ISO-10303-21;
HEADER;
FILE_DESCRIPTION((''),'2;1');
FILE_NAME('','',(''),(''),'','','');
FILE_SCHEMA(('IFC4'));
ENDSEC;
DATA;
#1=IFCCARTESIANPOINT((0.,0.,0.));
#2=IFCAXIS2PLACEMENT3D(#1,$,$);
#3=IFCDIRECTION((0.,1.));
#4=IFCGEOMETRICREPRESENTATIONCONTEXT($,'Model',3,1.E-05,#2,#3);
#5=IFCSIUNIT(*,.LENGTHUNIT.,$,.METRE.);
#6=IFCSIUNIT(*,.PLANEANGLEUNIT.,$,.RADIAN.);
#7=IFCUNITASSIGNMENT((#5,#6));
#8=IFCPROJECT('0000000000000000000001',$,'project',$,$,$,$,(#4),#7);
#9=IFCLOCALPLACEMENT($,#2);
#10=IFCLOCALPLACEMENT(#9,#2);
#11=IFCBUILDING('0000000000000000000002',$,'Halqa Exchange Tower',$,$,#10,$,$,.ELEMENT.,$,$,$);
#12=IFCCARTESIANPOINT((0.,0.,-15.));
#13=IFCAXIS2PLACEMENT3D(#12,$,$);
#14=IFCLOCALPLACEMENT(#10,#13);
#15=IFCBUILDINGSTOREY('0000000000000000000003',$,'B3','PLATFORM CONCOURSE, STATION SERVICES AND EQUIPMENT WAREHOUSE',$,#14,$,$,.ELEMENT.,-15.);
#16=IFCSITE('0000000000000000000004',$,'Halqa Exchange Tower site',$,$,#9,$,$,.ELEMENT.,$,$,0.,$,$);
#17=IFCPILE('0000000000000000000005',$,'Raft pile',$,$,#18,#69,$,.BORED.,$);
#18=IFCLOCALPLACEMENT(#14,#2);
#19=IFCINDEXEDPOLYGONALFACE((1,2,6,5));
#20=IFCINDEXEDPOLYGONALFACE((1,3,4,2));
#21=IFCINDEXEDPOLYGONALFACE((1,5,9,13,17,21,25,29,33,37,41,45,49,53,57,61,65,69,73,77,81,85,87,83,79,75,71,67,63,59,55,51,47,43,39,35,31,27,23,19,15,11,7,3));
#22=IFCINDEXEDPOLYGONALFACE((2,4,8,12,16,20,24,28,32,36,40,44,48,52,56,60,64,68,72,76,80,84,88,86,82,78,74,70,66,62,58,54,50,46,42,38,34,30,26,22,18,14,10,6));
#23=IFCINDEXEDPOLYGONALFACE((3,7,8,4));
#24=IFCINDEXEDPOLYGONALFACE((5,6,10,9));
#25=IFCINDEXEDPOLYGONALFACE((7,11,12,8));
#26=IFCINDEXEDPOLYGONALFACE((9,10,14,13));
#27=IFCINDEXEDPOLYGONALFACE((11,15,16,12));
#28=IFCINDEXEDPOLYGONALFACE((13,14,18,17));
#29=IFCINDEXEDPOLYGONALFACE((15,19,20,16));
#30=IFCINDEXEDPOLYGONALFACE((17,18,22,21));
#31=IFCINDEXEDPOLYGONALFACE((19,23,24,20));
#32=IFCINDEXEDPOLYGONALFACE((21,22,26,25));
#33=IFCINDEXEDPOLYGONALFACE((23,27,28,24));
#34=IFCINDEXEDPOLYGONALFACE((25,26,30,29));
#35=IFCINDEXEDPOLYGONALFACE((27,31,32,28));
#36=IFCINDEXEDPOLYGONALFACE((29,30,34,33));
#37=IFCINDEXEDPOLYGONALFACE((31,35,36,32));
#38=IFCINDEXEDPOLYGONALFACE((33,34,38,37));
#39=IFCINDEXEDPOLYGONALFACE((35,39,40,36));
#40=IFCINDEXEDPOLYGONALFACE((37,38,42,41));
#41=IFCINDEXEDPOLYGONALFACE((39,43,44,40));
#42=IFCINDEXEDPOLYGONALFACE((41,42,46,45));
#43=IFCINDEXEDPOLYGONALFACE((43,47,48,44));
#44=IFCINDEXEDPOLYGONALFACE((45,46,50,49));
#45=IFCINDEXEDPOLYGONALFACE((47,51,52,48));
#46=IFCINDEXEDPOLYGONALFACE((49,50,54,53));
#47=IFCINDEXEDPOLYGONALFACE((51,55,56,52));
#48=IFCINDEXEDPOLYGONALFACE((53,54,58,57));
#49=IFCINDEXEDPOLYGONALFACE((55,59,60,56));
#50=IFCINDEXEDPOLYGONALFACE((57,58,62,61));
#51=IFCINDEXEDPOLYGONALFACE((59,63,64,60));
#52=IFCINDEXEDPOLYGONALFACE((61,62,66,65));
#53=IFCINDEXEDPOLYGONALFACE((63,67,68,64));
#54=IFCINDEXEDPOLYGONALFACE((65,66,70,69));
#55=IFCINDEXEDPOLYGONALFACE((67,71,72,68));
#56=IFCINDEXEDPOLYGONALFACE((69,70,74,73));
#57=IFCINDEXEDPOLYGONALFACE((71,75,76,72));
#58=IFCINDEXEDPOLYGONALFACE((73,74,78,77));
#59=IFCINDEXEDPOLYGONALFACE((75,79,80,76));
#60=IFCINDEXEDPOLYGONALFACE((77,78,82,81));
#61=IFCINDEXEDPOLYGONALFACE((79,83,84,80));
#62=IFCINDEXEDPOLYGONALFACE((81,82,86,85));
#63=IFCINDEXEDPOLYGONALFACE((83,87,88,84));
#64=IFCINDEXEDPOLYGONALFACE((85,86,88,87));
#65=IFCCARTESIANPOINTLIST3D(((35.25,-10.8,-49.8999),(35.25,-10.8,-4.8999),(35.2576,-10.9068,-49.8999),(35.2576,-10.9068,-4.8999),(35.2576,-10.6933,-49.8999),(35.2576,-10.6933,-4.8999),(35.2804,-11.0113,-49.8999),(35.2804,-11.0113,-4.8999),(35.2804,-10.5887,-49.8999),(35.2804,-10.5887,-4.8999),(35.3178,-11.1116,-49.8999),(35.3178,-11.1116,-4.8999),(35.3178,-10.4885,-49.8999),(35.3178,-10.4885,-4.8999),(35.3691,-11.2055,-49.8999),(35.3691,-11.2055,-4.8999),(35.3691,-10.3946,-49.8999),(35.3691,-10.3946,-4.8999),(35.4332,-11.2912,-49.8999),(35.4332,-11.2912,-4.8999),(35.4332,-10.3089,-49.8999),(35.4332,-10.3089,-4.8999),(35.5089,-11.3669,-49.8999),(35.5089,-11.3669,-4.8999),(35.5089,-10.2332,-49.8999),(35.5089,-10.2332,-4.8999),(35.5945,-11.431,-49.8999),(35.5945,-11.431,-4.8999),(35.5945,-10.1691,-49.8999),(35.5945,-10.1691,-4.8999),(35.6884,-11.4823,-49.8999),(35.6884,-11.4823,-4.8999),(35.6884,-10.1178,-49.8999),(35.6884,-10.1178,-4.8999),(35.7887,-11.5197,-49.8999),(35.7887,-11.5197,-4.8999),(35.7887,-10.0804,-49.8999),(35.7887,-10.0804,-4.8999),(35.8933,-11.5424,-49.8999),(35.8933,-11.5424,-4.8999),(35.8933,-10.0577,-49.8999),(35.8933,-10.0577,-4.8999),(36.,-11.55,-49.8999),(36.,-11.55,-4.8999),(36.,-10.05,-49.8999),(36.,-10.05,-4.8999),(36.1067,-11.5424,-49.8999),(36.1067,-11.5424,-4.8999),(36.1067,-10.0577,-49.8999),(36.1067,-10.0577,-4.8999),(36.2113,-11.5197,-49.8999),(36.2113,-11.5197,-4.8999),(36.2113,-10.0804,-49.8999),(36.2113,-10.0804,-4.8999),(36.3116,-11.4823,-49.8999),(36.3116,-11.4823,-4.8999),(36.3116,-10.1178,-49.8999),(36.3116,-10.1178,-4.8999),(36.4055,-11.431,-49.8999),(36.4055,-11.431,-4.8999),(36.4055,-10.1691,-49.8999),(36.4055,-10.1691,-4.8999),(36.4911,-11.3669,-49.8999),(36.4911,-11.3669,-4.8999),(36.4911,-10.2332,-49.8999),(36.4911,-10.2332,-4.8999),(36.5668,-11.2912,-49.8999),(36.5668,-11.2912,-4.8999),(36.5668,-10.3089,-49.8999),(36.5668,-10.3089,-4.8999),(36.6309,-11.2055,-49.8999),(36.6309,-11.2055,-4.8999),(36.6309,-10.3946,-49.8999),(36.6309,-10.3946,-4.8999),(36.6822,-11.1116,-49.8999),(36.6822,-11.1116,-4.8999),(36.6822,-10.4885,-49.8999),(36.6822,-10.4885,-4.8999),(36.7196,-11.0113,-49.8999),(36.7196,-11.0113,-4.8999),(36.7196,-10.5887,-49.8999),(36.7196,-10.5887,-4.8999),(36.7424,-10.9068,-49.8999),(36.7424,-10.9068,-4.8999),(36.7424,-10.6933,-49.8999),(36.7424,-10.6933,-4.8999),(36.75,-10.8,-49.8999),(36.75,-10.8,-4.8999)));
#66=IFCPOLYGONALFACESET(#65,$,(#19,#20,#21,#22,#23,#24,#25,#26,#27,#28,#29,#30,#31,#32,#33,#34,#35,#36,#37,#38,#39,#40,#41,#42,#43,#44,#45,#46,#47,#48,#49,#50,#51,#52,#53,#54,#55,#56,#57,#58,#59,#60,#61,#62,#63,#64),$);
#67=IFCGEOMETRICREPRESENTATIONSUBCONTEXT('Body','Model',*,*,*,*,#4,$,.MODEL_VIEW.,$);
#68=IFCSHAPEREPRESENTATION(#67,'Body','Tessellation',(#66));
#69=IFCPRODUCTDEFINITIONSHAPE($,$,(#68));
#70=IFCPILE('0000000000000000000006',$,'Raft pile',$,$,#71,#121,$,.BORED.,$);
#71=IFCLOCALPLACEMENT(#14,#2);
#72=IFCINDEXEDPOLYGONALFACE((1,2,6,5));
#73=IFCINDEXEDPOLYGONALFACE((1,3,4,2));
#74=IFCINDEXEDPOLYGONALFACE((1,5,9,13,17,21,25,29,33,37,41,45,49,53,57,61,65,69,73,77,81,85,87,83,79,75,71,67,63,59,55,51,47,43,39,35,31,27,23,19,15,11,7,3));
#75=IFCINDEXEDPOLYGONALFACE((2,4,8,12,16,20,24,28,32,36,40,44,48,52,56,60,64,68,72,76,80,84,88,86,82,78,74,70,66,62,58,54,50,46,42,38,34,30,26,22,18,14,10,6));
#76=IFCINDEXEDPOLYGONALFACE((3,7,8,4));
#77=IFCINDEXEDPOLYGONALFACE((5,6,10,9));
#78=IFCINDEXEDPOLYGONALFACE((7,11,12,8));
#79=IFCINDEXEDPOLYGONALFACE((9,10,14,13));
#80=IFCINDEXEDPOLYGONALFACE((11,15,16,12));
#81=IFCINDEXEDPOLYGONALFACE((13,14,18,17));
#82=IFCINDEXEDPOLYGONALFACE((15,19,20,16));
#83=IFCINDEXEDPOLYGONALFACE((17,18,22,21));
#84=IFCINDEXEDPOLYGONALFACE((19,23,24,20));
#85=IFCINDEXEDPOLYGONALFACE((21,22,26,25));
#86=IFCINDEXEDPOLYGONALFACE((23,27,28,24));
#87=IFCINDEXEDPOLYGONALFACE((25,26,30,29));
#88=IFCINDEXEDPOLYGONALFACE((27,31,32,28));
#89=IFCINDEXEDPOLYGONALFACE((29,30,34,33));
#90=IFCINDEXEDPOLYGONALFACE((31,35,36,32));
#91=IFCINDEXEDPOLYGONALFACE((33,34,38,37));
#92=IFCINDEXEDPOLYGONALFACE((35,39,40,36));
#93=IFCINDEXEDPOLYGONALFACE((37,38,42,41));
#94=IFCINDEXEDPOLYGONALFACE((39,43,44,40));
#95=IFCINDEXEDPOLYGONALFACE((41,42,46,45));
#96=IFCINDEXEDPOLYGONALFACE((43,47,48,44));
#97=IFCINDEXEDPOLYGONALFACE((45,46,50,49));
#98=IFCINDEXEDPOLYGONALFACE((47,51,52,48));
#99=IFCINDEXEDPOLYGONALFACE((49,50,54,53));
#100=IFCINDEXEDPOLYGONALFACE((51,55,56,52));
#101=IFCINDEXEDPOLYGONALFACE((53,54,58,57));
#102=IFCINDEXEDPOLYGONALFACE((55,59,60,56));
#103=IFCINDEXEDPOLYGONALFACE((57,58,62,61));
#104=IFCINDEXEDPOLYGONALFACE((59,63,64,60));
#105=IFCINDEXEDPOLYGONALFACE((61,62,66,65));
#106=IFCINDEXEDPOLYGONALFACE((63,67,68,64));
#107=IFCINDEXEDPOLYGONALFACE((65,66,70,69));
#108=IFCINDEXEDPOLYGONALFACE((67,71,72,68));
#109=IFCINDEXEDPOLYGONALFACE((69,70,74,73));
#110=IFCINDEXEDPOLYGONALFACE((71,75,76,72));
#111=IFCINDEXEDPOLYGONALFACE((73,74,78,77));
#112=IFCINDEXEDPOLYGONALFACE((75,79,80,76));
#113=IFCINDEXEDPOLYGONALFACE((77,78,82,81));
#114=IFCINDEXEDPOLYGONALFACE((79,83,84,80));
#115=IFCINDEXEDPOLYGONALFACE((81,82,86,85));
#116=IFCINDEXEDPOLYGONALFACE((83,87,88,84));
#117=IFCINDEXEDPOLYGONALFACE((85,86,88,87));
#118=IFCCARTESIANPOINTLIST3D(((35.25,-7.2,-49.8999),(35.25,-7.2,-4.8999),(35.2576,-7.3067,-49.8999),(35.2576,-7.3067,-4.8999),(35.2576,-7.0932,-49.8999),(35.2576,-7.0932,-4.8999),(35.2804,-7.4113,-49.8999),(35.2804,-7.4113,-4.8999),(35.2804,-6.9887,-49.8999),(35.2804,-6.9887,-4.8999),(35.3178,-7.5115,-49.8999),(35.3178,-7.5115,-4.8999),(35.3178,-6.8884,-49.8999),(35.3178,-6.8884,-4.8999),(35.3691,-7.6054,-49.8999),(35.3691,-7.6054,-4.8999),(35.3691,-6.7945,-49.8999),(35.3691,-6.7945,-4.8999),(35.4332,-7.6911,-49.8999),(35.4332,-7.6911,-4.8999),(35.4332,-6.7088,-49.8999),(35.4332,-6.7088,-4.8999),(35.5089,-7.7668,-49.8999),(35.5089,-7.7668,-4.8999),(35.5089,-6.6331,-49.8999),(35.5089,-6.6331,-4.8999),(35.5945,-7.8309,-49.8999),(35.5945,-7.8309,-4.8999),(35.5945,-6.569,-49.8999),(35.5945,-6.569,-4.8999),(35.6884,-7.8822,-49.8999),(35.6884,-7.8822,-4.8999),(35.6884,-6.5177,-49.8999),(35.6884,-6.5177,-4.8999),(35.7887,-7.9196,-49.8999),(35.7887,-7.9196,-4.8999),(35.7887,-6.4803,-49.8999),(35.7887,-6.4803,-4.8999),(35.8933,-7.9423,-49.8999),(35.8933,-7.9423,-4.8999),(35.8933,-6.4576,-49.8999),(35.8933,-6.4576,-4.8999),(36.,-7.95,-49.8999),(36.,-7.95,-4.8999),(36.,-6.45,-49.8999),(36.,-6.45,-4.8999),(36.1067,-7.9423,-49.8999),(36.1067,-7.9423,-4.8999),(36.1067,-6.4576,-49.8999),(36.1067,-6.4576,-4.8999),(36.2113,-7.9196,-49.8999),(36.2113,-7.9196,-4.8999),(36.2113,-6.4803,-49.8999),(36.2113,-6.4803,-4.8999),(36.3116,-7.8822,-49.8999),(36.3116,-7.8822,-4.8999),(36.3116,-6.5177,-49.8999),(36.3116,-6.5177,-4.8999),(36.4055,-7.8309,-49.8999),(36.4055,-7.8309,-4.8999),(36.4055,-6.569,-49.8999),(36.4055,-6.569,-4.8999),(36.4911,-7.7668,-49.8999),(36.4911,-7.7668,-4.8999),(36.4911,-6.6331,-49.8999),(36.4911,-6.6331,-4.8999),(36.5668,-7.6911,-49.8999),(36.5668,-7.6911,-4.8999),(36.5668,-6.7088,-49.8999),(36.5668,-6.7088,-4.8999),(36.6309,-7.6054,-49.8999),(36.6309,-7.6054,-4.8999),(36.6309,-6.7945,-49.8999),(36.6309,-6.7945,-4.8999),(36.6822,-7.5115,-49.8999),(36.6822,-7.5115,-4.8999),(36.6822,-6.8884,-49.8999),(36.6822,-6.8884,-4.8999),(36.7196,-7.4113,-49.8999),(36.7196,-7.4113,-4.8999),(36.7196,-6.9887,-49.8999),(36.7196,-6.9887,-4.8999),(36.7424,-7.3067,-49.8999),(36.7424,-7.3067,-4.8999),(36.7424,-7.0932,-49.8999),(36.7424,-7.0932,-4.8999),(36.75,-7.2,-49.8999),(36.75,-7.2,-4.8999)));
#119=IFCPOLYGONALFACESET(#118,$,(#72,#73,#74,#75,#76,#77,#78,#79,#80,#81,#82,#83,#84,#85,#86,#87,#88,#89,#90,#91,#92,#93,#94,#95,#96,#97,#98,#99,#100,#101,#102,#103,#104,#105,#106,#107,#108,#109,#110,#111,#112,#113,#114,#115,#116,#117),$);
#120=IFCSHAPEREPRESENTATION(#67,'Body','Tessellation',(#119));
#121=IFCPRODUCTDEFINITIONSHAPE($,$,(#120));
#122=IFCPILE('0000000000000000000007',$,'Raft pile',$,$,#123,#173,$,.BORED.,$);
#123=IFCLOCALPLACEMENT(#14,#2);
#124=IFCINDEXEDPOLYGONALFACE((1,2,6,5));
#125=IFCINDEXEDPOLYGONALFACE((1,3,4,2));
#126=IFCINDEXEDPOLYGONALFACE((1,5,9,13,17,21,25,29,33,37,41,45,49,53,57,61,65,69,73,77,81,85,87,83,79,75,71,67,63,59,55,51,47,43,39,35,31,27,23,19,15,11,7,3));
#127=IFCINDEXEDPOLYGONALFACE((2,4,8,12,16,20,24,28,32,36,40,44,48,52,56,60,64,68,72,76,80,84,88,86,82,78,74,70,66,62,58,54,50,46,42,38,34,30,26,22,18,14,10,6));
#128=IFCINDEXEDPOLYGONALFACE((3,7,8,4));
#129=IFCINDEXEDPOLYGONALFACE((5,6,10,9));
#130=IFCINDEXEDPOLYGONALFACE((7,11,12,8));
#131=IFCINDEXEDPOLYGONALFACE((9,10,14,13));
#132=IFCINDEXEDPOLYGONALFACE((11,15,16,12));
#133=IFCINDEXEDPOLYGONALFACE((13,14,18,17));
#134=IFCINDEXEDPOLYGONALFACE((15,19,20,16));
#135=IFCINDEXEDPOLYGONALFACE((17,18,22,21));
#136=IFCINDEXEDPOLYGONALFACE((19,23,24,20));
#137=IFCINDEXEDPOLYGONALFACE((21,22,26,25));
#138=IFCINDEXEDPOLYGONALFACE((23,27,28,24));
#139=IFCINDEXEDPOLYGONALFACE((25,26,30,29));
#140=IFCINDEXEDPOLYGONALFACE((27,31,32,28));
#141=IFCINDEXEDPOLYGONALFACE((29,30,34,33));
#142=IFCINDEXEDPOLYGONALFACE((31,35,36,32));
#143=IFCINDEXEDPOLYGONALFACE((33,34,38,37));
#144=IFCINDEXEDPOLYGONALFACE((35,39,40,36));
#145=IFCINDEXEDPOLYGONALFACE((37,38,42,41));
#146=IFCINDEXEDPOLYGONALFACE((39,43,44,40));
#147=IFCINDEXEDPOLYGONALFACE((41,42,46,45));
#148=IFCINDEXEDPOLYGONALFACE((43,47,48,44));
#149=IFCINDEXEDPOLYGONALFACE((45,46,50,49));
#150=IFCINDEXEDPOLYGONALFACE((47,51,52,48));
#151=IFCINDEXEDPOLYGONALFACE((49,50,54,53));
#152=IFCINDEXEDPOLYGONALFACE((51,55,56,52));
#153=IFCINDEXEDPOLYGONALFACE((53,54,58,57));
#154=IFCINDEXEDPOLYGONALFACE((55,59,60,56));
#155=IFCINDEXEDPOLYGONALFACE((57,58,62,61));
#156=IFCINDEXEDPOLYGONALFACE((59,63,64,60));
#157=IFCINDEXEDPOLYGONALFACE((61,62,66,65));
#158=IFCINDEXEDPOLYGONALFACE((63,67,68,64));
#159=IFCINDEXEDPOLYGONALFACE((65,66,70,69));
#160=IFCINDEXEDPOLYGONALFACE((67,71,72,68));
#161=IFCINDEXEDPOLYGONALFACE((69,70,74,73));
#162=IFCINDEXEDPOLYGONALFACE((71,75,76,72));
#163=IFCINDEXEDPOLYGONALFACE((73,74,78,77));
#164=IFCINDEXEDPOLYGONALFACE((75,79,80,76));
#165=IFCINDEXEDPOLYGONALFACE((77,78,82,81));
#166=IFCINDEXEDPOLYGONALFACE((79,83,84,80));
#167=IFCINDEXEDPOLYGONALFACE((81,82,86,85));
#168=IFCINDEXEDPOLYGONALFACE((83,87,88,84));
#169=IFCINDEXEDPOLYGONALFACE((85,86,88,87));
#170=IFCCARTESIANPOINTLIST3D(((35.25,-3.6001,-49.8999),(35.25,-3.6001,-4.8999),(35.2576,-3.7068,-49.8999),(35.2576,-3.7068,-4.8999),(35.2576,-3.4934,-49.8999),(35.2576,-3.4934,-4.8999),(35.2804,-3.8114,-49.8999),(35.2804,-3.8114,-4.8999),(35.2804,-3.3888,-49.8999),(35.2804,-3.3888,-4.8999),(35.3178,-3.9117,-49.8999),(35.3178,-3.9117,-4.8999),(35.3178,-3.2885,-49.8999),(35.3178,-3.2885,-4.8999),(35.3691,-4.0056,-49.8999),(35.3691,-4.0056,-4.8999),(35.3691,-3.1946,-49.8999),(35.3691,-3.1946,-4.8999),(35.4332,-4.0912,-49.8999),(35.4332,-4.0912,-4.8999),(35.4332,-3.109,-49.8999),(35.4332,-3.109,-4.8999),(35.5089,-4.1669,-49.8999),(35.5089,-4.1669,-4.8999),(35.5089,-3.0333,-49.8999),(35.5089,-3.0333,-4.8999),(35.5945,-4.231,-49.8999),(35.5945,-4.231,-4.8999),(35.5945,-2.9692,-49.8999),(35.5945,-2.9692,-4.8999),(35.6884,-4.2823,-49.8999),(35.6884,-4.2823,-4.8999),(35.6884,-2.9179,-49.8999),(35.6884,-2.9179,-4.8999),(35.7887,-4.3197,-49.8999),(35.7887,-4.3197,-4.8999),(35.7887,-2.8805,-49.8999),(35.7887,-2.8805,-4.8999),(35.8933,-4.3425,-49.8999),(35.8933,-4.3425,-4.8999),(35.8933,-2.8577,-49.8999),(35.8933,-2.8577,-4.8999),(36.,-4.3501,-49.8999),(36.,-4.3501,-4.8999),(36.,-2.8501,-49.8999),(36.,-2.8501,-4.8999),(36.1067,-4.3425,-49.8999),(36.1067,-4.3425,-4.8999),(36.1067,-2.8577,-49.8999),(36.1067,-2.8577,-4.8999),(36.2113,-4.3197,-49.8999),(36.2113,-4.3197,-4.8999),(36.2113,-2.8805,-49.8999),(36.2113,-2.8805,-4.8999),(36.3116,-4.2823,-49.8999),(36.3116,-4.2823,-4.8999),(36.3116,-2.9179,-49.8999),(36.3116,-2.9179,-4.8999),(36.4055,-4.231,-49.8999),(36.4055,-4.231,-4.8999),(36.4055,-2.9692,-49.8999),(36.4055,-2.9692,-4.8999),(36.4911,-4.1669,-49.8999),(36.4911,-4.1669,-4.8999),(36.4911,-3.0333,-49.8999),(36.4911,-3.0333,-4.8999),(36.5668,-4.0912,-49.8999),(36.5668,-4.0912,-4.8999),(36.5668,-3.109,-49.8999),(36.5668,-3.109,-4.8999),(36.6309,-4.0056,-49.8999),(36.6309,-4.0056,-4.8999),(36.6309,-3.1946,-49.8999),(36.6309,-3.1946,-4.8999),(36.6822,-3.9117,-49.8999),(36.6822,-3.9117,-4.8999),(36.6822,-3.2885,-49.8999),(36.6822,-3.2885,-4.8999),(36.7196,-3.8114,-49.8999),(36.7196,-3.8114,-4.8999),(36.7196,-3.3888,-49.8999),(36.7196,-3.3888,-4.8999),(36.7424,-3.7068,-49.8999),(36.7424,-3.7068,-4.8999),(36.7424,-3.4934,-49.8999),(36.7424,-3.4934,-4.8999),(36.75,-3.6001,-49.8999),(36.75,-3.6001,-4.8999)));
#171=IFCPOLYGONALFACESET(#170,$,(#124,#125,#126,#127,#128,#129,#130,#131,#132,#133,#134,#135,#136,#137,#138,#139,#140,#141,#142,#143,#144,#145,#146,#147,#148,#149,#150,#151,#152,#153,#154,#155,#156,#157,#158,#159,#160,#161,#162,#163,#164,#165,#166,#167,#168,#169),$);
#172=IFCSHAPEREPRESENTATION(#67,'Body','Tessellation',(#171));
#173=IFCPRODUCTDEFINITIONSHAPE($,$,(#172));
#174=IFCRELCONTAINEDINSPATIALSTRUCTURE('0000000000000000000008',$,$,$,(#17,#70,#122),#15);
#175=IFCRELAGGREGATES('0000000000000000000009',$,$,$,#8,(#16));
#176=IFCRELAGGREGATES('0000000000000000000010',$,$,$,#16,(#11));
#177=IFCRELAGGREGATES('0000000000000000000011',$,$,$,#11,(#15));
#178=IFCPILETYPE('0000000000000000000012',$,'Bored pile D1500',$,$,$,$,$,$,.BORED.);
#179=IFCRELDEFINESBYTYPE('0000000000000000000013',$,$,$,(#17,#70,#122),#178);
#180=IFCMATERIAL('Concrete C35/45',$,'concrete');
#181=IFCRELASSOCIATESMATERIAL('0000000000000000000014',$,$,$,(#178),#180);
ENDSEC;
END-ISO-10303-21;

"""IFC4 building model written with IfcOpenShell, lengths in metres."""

from ifc_helpers import new_model, si_unit, direction, frame, origin, origin_2d, place, context, subcontext, project, spatial, circle, extrude, material, material_profile, profile_set, type_object, element, save


model = new_model("IFC4")

# Units and contexts
model_context = context("Model", 3, precision=1e-05, world=origin(), true_north=direction((0.0, 1.0)))
body_context = subcontext(model_context, "Body", "Model", "MODEL_VIEW")
ifc_project = project(units=[si_unit("LENGTHUNIT", "METRE"), si_unit("PLANEANGLEUNIT", "RADIAN")], contexts=[model_context])

# Site, building, storey
site_placement = place(None, origin())
site = spatial("IfcSite", under=ifc_project, at=site_placement, Name="Halqa Exchange Tower site", CompositionType="ELEMENT", RefElevation=0.0)
building_placement = place(site_placement, origin())
building = spatial("IfcBuilding", under=site, at=building_placement, Name="Halqa Exchange Tower", CompositionType="ELEMENT")
storey_placement = place(building_placement, frame((0.0, 0.0, -15.0)))
storey = spatial("IfcBuildingStorey", under=building, at=storey_placement, Name="B3", Description="PLATFORM CONCOURSE, STATION SERVICES AND EQUIPMENT WAREHOUSE", CompositionType="ELEMENT", Elevation=-15.0)

# Piles
ifc_material_1 = material(Name="Concrete C35/45", Category="concrete")
ifc_material_profile_1 = material_profile(ifc_material_1, circle(Radius=0.75, at=origin_2d()), Name="D1500")
ifc_profile_set_1 = profile_set([ifc_material_profile_1], Name="Concrete C35/45")
pile_type_1 = type_object("IfcPileType", Name="Bored pile D1500", PredefinedType="BORED", material=ifc_profile_set_1)
for number, where, z_axis, x_axis, name in (
    (1, (36.0, -10.8, -4.8999), (0.0, 0.0, -1.0), (1.0, 0.0, 0.0), "Raft pile"),
    (2, (36.0, -7.2, -4.8999), (0.0, 0.0, -1.0), (1.0, 0.0, 0.0), "Raft pile"),
    (3, (36.0, -3.6001, -4.8999), (0.0, 0.0, -1.0), (1.0, 0.0, 0.0), "Raft pile"),
):
    element("IfcPile", number, at=place(storey_placement, frame(where, z_axis=z_axis, x_axis=x_axis)), inside=storey, type_object=pile_type_1, Name=name, PredefinedType="BORED", context=body_context, shape_type="SweptSolid", body=[
        extrude(circle(Radius=0.75, at=origin_2d()), origin(), (0.0, 0.0, 1.0), 45.0),
    ])

save(model, "model.ifc")
